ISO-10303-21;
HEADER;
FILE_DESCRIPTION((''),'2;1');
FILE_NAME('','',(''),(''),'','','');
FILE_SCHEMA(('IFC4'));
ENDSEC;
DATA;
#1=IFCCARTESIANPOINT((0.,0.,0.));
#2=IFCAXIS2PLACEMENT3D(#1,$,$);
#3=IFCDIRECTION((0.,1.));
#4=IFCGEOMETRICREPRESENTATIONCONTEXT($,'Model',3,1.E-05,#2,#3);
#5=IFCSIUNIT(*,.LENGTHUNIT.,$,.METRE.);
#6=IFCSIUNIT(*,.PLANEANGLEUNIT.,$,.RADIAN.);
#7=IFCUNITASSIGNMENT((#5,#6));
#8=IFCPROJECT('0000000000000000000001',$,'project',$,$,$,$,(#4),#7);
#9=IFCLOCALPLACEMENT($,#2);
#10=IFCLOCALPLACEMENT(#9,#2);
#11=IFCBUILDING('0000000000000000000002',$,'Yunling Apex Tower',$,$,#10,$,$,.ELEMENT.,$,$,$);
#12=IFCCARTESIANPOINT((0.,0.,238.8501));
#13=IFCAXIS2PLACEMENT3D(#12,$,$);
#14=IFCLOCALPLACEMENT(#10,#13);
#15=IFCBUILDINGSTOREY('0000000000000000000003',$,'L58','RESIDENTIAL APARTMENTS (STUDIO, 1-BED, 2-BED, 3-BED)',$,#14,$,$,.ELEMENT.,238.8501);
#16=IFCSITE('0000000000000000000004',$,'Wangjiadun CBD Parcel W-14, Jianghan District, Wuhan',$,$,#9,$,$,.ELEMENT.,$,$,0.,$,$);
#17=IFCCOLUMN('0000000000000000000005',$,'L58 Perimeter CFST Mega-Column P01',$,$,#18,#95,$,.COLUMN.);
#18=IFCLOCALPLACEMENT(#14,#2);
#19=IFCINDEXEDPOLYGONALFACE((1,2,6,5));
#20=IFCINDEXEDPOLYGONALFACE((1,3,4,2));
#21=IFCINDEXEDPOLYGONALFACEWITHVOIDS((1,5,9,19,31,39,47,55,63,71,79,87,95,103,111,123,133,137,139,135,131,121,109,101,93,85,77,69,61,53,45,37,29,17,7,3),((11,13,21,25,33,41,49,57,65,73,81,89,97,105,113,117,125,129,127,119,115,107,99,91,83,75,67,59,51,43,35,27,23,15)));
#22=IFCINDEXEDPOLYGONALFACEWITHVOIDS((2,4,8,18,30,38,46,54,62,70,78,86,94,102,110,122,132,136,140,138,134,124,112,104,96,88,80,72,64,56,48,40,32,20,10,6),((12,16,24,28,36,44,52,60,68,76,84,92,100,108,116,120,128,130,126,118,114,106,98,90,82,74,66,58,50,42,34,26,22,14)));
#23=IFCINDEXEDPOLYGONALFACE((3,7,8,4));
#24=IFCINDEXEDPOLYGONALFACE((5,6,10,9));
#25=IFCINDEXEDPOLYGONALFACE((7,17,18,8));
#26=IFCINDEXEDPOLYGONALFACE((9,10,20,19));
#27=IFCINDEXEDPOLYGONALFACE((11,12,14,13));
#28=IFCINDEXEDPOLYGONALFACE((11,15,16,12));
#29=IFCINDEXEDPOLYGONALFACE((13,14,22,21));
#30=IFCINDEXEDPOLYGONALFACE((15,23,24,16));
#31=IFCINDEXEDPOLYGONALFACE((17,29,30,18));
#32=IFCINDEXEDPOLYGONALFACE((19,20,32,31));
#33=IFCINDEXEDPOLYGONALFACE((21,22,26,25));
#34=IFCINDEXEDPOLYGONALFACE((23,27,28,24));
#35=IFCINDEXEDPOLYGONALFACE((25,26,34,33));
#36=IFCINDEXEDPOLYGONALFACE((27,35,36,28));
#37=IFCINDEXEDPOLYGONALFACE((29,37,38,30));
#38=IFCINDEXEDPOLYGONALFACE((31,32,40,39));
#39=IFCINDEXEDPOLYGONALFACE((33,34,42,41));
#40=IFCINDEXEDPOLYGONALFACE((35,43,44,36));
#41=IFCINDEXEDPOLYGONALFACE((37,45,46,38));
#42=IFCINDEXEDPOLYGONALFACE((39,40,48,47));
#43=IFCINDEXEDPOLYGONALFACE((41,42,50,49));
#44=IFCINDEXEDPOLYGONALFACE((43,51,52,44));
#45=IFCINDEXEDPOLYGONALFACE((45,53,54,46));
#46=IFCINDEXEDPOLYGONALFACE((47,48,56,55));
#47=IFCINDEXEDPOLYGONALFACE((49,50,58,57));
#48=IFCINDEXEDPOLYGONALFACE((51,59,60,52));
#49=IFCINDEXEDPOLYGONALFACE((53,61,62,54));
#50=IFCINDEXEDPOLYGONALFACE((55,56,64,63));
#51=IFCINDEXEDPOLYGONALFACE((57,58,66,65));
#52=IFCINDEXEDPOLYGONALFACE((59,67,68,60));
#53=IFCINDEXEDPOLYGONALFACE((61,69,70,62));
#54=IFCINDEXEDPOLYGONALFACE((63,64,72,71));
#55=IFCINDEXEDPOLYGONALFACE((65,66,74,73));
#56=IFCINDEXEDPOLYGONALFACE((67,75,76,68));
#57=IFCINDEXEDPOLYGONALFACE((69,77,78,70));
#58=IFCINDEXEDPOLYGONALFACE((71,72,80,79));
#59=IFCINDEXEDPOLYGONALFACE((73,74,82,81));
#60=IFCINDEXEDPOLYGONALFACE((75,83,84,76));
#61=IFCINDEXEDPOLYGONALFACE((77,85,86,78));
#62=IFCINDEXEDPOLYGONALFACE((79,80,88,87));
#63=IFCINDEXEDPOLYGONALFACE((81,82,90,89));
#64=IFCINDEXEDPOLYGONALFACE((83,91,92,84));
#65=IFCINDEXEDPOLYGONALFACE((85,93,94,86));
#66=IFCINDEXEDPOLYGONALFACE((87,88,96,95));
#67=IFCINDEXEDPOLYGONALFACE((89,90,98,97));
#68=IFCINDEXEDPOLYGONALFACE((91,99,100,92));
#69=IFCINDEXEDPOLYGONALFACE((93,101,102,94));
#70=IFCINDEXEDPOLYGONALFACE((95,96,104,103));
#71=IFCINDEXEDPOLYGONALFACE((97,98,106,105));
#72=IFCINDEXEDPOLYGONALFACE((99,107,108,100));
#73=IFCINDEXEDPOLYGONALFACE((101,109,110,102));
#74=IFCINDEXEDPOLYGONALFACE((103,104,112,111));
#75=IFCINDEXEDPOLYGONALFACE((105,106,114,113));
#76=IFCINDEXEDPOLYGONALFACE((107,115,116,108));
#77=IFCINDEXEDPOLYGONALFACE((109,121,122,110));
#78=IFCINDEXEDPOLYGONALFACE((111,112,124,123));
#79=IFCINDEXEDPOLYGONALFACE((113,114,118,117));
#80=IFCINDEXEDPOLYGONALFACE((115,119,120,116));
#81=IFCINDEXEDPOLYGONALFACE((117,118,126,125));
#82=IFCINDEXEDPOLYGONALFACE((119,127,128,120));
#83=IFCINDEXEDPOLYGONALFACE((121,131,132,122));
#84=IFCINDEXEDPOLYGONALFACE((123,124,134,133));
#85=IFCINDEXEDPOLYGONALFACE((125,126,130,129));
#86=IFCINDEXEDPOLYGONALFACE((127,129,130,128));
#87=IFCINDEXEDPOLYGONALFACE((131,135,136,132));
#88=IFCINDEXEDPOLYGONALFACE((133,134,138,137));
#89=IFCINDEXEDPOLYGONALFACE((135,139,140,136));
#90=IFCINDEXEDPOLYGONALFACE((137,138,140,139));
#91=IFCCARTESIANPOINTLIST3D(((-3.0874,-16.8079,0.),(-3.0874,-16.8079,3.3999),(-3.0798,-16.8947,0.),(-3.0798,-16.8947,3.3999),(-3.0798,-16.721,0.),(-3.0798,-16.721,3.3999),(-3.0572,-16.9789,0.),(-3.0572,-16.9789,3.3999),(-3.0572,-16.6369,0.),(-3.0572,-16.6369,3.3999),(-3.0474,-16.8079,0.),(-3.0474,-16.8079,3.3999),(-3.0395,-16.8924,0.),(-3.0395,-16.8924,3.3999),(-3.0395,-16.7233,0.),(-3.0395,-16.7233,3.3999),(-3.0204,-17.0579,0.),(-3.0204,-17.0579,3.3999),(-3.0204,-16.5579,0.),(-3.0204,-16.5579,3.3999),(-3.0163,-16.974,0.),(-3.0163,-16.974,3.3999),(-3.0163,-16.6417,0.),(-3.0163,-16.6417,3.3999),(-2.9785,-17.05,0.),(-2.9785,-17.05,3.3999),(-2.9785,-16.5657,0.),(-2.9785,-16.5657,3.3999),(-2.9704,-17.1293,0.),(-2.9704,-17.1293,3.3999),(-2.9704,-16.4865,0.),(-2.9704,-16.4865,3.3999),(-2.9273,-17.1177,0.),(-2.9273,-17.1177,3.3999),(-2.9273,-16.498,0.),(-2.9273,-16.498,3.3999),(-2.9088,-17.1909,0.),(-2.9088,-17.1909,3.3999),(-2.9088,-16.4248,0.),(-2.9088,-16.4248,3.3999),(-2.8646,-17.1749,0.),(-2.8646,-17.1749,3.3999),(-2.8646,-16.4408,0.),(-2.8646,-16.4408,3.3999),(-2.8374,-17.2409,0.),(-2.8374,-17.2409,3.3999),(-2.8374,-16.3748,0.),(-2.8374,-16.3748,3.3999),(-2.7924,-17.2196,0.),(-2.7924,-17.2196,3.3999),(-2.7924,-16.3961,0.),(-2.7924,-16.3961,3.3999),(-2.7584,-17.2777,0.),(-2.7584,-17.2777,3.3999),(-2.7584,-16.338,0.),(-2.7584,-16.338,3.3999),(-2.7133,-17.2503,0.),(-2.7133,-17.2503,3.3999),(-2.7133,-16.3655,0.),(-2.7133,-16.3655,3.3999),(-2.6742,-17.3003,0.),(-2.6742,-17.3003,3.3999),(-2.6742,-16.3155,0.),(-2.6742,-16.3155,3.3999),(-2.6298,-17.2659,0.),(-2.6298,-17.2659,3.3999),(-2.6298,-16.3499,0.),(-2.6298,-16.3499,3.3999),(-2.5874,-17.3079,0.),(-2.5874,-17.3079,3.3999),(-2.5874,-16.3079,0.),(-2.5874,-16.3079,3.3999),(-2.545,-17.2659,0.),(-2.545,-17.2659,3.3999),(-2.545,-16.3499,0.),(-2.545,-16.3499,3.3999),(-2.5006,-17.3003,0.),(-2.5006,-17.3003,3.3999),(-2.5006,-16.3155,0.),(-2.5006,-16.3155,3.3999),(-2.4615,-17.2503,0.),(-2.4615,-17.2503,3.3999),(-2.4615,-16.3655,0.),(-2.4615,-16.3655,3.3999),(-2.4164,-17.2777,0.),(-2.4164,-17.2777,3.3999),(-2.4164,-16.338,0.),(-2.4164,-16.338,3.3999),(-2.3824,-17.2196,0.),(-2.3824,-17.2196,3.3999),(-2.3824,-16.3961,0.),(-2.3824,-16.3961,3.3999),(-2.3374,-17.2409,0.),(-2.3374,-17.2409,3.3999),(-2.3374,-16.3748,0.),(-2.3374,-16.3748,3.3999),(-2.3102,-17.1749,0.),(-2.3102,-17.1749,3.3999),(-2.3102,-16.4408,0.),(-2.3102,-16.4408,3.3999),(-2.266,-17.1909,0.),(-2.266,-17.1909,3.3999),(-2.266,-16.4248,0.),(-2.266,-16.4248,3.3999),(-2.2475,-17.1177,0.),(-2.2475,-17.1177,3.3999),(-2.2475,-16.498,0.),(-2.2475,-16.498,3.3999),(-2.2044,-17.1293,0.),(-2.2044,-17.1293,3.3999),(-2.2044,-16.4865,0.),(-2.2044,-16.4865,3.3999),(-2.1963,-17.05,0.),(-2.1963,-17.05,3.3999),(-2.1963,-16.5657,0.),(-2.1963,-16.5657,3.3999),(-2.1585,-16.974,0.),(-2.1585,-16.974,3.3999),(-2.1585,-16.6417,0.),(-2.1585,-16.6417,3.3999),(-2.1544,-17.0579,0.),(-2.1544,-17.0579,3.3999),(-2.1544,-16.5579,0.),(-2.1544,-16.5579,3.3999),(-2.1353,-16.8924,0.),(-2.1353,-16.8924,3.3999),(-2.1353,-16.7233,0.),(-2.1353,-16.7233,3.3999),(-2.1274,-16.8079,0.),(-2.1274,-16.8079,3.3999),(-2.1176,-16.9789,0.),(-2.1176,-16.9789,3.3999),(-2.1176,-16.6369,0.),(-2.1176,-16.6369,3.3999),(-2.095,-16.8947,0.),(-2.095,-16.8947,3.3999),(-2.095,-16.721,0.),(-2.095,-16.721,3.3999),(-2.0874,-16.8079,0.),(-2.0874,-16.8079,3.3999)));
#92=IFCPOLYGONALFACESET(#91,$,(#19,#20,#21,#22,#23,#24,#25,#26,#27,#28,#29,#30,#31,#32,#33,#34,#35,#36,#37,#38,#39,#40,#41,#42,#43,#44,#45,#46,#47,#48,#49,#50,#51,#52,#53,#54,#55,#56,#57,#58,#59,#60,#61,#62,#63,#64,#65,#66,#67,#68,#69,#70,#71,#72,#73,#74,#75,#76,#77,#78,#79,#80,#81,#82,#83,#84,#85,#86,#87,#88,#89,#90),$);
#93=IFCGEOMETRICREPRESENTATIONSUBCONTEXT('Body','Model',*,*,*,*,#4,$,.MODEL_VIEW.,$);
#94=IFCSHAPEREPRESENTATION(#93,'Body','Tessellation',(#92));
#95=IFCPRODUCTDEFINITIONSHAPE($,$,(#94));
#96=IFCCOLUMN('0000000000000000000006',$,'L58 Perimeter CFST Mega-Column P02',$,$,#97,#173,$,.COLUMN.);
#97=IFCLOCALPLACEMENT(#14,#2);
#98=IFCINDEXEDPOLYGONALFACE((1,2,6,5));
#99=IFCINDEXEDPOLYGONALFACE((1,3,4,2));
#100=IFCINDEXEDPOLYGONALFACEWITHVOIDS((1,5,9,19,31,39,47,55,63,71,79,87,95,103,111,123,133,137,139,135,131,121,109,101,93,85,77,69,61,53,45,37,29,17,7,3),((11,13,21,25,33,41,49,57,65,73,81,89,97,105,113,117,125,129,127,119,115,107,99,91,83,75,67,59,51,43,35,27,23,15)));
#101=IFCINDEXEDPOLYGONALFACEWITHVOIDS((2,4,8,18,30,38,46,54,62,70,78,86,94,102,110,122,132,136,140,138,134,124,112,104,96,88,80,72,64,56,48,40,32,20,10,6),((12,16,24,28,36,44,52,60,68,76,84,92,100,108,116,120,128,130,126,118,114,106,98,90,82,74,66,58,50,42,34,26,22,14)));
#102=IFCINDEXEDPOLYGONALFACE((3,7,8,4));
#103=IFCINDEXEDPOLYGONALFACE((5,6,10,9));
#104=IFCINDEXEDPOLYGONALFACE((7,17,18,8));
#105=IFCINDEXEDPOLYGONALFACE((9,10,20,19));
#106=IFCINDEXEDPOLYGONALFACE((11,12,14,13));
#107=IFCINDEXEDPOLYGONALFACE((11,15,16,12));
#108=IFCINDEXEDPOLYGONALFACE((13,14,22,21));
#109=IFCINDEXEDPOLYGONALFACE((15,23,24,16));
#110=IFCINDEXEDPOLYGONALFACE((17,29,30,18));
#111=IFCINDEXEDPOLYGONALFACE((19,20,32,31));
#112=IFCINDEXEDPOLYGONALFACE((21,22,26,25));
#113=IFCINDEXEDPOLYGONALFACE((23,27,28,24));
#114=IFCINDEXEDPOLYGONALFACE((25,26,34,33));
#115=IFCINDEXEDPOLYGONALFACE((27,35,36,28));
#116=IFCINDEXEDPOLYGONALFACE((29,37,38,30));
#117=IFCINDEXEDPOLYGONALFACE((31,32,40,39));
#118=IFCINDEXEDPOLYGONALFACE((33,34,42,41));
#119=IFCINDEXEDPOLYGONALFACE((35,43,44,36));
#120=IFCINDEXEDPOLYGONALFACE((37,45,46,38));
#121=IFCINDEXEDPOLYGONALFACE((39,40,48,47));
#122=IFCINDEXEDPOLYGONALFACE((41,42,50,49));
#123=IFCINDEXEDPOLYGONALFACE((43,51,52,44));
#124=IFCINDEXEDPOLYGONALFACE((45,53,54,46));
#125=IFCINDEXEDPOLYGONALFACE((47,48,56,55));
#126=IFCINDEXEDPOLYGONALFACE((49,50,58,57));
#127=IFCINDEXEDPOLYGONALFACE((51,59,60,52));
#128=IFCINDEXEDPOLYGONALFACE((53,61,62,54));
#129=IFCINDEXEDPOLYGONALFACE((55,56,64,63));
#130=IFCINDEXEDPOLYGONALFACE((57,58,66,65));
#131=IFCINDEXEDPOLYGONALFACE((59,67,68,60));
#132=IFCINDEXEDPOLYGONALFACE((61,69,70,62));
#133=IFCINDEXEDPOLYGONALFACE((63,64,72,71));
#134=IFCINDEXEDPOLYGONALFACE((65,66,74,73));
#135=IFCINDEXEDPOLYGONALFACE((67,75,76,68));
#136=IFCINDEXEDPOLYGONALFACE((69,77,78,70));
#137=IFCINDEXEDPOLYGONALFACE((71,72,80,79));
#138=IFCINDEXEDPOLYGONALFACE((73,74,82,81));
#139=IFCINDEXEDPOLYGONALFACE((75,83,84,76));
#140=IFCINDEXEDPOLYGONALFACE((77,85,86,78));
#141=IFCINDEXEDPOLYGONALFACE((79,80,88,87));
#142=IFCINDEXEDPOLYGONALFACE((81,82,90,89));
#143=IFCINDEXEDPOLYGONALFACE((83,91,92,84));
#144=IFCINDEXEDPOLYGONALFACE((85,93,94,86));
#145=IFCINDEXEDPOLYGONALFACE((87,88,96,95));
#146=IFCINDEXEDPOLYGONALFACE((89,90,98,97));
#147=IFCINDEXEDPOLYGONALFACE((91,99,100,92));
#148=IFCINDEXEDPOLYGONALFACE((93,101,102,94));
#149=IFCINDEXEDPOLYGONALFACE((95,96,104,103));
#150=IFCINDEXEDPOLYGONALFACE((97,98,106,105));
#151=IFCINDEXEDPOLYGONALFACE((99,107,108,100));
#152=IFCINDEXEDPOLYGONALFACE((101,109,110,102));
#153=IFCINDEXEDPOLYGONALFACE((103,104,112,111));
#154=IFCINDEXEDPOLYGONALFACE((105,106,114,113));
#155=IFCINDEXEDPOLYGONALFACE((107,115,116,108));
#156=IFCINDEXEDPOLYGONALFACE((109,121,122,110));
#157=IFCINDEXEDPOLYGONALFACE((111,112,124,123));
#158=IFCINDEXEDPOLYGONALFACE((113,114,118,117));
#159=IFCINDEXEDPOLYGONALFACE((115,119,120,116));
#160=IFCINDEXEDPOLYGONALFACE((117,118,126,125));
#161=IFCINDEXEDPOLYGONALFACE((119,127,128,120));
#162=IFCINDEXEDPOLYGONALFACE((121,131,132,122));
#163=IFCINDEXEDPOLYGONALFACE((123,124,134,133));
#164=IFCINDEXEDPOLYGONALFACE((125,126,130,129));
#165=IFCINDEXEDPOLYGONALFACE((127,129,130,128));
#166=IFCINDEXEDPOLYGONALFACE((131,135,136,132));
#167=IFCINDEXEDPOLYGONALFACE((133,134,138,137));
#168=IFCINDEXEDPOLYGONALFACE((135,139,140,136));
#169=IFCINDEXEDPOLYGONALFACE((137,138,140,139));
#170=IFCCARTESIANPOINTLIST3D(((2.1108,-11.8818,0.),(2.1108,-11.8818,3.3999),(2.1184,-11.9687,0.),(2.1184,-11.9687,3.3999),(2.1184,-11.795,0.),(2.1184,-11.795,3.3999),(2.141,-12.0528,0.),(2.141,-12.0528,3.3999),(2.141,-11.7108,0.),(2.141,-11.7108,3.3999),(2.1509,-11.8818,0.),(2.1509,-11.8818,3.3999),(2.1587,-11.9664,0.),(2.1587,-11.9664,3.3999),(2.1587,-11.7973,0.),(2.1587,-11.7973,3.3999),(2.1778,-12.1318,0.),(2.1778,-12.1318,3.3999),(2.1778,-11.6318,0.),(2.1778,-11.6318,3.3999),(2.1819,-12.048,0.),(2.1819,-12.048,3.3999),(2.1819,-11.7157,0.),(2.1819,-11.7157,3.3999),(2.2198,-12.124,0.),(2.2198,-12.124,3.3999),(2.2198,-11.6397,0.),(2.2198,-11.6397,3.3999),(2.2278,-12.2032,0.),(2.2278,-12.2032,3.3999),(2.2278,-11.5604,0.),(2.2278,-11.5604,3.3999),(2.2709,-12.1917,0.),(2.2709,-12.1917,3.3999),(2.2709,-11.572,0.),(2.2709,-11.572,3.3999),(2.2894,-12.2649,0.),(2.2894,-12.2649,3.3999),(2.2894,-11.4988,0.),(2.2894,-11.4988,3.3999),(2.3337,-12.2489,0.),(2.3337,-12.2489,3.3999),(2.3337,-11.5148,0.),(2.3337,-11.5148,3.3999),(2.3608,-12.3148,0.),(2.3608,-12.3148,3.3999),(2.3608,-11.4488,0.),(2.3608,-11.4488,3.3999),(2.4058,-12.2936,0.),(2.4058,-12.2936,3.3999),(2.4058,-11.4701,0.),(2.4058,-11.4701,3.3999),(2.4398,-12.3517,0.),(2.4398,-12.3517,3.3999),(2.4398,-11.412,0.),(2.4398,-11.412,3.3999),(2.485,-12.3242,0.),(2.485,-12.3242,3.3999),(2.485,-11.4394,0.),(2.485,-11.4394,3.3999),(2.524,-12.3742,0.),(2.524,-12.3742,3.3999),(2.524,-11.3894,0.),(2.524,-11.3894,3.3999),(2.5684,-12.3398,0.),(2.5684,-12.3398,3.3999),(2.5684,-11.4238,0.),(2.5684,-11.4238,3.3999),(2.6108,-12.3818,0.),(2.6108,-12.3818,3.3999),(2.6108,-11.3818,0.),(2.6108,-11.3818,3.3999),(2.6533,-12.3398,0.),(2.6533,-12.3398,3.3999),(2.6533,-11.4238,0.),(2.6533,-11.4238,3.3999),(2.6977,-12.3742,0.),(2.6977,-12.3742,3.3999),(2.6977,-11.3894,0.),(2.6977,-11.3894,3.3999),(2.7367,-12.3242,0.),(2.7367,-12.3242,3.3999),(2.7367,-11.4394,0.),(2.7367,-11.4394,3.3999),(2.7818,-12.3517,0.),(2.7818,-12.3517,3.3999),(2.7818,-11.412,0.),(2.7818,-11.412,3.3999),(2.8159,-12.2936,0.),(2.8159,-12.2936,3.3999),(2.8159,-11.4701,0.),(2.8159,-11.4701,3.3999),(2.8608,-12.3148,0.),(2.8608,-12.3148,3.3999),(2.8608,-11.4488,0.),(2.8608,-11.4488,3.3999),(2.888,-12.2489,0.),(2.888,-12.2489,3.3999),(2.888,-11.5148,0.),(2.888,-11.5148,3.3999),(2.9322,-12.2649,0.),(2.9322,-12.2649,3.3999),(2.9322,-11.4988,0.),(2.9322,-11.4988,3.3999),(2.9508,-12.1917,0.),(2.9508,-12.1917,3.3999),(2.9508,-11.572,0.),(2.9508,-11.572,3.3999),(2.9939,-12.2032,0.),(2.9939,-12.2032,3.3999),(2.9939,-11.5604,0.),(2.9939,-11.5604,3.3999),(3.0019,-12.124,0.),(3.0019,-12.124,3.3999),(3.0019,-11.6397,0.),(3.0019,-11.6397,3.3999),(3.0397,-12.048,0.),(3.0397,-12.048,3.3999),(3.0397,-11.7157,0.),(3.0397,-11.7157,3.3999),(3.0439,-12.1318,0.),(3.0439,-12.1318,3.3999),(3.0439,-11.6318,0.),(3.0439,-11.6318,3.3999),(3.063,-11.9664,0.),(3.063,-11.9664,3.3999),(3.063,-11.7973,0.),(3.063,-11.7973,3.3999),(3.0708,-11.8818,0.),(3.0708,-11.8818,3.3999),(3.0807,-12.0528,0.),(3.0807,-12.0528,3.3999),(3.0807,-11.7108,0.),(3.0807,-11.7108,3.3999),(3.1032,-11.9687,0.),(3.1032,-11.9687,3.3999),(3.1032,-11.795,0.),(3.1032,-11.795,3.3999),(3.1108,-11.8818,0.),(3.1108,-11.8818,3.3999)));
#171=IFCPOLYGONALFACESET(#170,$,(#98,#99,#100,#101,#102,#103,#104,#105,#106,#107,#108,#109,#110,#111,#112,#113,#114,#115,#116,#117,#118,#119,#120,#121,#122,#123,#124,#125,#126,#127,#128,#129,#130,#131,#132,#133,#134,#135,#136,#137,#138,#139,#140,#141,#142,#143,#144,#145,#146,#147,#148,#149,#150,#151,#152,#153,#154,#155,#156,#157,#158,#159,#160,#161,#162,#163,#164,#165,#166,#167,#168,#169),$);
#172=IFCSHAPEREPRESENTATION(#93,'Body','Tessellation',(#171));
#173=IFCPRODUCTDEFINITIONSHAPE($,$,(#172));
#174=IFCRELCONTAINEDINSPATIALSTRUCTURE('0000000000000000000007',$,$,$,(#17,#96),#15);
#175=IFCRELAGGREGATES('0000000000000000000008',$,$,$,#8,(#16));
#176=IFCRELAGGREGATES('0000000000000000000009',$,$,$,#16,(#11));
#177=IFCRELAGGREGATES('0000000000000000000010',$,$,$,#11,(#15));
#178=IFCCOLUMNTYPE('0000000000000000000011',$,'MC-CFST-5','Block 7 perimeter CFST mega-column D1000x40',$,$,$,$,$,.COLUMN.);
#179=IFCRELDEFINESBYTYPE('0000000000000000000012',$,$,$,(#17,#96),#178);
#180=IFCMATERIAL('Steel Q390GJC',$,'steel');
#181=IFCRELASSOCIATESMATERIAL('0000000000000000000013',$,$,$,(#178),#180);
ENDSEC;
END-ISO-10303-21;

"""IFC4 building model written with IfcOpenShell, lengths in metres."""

from ifc_helpers import new_model, si_unit, direction, frame, origin, origin_2d, place, context, subcontext, project, spatial, hollow_circle, extrude, source, transform, mapped, material, material_profile, profile_set, type_object, element, save


model = new_model("IFC4")

# Units and contexts
model_context = context("Model", 3, precision=1e-05, world=origin(), true_north=direction((0.0, 1.0)))
body_context = subcontext(model_context, "Body", "Model", "MODEL_VIEW")
ifc_project = project(units=[si_unit("LENGTHUNIT", "METRE"), si_unit("PLANEANGLEUNIT", "RADIAN")], contexts=[model_context])

# Site, building, storey
site_placement = place(None, origin())
site = spatial("IfcSite", under=ifc_project, at=site_placement, Name="Wangjiadun CBD Parcel W-14, Jianghan District, Wuhan", CompositionType="ELEMENT", RefElevation=0.0)
building_placement = place(site_placement, origin())
building = spatial("IfcBuilding", under=site, at=building_placement, Name="Yunling Apex Tower", CompositionType="ELEMENT")
storey_placement = place(building_placement, frame((0.0, 0.0, 238.8501)))
storey = spatial("IfcBuildingStorey", under=building, at=storey_placement, Name="L58", Description="RESIDENTIAL APARTMENTS (STUDIO, 1-BED, 2-BED, 3-BED)", CompositionType="ELEMENT", Elevation=238.8501)

# Columns
ifc_material_1 = material(Name="Steel Q390GJC", Category="steel")
ifc_material_profile_1 = material_profile(ifc_material_1, hollow_circle(Radius=0.5, WallThickness=0.04, at=origin_2d()))
ifc_profile_set_1 = profile_set([ifc_material_profile_1], Name="Steel Q390GJC")
column_type = type_object("IfcColumnType", Name="MC-CFST-5", Description="Block 7 perimeter CFST mega-column D1000x40", PredefinedType="COLUMN", material=ifc_profile_set_1)
shared_shape_1 = source(origin(), body_context, "Body", "SweptSolid", [
    extrude(hollow_circle(Radius=0.5, WallThickness=0.04, at=origin_2d()), origin(), (0.0, 0.0, 1.0), 3.3999),
])
for number, where, z_axis, x_axis, name in (
    (1, (-2.5874, -16.8079, 0.0), (0.0, 0.0, 1.0), (1.0, 0.0, 0.0), "L58 Perimeter CFST Mega-Column P01"),
    (2, (2.6108, -11.8818, 0.0), (0.0, 0.0, 1.0), (1.0, 0.0, 0.0), "L58 Perimeter CFST Mega-Column P02"),
):
    element("IfcColumn", number, at=place(storey_placement, frame(where, z_axis=z_axis, x_axis=x_axis)), inside=storey, type_object=column_type, Name=name, PredefinedType="COLUMN", context=body_context, shape_type="MappedRepresentation", body=[
        mapped(shared_shape_1, transform((0.0, 0.0, 0.0), scale=1.0)),
    ])

save(model, "model.ifc")
